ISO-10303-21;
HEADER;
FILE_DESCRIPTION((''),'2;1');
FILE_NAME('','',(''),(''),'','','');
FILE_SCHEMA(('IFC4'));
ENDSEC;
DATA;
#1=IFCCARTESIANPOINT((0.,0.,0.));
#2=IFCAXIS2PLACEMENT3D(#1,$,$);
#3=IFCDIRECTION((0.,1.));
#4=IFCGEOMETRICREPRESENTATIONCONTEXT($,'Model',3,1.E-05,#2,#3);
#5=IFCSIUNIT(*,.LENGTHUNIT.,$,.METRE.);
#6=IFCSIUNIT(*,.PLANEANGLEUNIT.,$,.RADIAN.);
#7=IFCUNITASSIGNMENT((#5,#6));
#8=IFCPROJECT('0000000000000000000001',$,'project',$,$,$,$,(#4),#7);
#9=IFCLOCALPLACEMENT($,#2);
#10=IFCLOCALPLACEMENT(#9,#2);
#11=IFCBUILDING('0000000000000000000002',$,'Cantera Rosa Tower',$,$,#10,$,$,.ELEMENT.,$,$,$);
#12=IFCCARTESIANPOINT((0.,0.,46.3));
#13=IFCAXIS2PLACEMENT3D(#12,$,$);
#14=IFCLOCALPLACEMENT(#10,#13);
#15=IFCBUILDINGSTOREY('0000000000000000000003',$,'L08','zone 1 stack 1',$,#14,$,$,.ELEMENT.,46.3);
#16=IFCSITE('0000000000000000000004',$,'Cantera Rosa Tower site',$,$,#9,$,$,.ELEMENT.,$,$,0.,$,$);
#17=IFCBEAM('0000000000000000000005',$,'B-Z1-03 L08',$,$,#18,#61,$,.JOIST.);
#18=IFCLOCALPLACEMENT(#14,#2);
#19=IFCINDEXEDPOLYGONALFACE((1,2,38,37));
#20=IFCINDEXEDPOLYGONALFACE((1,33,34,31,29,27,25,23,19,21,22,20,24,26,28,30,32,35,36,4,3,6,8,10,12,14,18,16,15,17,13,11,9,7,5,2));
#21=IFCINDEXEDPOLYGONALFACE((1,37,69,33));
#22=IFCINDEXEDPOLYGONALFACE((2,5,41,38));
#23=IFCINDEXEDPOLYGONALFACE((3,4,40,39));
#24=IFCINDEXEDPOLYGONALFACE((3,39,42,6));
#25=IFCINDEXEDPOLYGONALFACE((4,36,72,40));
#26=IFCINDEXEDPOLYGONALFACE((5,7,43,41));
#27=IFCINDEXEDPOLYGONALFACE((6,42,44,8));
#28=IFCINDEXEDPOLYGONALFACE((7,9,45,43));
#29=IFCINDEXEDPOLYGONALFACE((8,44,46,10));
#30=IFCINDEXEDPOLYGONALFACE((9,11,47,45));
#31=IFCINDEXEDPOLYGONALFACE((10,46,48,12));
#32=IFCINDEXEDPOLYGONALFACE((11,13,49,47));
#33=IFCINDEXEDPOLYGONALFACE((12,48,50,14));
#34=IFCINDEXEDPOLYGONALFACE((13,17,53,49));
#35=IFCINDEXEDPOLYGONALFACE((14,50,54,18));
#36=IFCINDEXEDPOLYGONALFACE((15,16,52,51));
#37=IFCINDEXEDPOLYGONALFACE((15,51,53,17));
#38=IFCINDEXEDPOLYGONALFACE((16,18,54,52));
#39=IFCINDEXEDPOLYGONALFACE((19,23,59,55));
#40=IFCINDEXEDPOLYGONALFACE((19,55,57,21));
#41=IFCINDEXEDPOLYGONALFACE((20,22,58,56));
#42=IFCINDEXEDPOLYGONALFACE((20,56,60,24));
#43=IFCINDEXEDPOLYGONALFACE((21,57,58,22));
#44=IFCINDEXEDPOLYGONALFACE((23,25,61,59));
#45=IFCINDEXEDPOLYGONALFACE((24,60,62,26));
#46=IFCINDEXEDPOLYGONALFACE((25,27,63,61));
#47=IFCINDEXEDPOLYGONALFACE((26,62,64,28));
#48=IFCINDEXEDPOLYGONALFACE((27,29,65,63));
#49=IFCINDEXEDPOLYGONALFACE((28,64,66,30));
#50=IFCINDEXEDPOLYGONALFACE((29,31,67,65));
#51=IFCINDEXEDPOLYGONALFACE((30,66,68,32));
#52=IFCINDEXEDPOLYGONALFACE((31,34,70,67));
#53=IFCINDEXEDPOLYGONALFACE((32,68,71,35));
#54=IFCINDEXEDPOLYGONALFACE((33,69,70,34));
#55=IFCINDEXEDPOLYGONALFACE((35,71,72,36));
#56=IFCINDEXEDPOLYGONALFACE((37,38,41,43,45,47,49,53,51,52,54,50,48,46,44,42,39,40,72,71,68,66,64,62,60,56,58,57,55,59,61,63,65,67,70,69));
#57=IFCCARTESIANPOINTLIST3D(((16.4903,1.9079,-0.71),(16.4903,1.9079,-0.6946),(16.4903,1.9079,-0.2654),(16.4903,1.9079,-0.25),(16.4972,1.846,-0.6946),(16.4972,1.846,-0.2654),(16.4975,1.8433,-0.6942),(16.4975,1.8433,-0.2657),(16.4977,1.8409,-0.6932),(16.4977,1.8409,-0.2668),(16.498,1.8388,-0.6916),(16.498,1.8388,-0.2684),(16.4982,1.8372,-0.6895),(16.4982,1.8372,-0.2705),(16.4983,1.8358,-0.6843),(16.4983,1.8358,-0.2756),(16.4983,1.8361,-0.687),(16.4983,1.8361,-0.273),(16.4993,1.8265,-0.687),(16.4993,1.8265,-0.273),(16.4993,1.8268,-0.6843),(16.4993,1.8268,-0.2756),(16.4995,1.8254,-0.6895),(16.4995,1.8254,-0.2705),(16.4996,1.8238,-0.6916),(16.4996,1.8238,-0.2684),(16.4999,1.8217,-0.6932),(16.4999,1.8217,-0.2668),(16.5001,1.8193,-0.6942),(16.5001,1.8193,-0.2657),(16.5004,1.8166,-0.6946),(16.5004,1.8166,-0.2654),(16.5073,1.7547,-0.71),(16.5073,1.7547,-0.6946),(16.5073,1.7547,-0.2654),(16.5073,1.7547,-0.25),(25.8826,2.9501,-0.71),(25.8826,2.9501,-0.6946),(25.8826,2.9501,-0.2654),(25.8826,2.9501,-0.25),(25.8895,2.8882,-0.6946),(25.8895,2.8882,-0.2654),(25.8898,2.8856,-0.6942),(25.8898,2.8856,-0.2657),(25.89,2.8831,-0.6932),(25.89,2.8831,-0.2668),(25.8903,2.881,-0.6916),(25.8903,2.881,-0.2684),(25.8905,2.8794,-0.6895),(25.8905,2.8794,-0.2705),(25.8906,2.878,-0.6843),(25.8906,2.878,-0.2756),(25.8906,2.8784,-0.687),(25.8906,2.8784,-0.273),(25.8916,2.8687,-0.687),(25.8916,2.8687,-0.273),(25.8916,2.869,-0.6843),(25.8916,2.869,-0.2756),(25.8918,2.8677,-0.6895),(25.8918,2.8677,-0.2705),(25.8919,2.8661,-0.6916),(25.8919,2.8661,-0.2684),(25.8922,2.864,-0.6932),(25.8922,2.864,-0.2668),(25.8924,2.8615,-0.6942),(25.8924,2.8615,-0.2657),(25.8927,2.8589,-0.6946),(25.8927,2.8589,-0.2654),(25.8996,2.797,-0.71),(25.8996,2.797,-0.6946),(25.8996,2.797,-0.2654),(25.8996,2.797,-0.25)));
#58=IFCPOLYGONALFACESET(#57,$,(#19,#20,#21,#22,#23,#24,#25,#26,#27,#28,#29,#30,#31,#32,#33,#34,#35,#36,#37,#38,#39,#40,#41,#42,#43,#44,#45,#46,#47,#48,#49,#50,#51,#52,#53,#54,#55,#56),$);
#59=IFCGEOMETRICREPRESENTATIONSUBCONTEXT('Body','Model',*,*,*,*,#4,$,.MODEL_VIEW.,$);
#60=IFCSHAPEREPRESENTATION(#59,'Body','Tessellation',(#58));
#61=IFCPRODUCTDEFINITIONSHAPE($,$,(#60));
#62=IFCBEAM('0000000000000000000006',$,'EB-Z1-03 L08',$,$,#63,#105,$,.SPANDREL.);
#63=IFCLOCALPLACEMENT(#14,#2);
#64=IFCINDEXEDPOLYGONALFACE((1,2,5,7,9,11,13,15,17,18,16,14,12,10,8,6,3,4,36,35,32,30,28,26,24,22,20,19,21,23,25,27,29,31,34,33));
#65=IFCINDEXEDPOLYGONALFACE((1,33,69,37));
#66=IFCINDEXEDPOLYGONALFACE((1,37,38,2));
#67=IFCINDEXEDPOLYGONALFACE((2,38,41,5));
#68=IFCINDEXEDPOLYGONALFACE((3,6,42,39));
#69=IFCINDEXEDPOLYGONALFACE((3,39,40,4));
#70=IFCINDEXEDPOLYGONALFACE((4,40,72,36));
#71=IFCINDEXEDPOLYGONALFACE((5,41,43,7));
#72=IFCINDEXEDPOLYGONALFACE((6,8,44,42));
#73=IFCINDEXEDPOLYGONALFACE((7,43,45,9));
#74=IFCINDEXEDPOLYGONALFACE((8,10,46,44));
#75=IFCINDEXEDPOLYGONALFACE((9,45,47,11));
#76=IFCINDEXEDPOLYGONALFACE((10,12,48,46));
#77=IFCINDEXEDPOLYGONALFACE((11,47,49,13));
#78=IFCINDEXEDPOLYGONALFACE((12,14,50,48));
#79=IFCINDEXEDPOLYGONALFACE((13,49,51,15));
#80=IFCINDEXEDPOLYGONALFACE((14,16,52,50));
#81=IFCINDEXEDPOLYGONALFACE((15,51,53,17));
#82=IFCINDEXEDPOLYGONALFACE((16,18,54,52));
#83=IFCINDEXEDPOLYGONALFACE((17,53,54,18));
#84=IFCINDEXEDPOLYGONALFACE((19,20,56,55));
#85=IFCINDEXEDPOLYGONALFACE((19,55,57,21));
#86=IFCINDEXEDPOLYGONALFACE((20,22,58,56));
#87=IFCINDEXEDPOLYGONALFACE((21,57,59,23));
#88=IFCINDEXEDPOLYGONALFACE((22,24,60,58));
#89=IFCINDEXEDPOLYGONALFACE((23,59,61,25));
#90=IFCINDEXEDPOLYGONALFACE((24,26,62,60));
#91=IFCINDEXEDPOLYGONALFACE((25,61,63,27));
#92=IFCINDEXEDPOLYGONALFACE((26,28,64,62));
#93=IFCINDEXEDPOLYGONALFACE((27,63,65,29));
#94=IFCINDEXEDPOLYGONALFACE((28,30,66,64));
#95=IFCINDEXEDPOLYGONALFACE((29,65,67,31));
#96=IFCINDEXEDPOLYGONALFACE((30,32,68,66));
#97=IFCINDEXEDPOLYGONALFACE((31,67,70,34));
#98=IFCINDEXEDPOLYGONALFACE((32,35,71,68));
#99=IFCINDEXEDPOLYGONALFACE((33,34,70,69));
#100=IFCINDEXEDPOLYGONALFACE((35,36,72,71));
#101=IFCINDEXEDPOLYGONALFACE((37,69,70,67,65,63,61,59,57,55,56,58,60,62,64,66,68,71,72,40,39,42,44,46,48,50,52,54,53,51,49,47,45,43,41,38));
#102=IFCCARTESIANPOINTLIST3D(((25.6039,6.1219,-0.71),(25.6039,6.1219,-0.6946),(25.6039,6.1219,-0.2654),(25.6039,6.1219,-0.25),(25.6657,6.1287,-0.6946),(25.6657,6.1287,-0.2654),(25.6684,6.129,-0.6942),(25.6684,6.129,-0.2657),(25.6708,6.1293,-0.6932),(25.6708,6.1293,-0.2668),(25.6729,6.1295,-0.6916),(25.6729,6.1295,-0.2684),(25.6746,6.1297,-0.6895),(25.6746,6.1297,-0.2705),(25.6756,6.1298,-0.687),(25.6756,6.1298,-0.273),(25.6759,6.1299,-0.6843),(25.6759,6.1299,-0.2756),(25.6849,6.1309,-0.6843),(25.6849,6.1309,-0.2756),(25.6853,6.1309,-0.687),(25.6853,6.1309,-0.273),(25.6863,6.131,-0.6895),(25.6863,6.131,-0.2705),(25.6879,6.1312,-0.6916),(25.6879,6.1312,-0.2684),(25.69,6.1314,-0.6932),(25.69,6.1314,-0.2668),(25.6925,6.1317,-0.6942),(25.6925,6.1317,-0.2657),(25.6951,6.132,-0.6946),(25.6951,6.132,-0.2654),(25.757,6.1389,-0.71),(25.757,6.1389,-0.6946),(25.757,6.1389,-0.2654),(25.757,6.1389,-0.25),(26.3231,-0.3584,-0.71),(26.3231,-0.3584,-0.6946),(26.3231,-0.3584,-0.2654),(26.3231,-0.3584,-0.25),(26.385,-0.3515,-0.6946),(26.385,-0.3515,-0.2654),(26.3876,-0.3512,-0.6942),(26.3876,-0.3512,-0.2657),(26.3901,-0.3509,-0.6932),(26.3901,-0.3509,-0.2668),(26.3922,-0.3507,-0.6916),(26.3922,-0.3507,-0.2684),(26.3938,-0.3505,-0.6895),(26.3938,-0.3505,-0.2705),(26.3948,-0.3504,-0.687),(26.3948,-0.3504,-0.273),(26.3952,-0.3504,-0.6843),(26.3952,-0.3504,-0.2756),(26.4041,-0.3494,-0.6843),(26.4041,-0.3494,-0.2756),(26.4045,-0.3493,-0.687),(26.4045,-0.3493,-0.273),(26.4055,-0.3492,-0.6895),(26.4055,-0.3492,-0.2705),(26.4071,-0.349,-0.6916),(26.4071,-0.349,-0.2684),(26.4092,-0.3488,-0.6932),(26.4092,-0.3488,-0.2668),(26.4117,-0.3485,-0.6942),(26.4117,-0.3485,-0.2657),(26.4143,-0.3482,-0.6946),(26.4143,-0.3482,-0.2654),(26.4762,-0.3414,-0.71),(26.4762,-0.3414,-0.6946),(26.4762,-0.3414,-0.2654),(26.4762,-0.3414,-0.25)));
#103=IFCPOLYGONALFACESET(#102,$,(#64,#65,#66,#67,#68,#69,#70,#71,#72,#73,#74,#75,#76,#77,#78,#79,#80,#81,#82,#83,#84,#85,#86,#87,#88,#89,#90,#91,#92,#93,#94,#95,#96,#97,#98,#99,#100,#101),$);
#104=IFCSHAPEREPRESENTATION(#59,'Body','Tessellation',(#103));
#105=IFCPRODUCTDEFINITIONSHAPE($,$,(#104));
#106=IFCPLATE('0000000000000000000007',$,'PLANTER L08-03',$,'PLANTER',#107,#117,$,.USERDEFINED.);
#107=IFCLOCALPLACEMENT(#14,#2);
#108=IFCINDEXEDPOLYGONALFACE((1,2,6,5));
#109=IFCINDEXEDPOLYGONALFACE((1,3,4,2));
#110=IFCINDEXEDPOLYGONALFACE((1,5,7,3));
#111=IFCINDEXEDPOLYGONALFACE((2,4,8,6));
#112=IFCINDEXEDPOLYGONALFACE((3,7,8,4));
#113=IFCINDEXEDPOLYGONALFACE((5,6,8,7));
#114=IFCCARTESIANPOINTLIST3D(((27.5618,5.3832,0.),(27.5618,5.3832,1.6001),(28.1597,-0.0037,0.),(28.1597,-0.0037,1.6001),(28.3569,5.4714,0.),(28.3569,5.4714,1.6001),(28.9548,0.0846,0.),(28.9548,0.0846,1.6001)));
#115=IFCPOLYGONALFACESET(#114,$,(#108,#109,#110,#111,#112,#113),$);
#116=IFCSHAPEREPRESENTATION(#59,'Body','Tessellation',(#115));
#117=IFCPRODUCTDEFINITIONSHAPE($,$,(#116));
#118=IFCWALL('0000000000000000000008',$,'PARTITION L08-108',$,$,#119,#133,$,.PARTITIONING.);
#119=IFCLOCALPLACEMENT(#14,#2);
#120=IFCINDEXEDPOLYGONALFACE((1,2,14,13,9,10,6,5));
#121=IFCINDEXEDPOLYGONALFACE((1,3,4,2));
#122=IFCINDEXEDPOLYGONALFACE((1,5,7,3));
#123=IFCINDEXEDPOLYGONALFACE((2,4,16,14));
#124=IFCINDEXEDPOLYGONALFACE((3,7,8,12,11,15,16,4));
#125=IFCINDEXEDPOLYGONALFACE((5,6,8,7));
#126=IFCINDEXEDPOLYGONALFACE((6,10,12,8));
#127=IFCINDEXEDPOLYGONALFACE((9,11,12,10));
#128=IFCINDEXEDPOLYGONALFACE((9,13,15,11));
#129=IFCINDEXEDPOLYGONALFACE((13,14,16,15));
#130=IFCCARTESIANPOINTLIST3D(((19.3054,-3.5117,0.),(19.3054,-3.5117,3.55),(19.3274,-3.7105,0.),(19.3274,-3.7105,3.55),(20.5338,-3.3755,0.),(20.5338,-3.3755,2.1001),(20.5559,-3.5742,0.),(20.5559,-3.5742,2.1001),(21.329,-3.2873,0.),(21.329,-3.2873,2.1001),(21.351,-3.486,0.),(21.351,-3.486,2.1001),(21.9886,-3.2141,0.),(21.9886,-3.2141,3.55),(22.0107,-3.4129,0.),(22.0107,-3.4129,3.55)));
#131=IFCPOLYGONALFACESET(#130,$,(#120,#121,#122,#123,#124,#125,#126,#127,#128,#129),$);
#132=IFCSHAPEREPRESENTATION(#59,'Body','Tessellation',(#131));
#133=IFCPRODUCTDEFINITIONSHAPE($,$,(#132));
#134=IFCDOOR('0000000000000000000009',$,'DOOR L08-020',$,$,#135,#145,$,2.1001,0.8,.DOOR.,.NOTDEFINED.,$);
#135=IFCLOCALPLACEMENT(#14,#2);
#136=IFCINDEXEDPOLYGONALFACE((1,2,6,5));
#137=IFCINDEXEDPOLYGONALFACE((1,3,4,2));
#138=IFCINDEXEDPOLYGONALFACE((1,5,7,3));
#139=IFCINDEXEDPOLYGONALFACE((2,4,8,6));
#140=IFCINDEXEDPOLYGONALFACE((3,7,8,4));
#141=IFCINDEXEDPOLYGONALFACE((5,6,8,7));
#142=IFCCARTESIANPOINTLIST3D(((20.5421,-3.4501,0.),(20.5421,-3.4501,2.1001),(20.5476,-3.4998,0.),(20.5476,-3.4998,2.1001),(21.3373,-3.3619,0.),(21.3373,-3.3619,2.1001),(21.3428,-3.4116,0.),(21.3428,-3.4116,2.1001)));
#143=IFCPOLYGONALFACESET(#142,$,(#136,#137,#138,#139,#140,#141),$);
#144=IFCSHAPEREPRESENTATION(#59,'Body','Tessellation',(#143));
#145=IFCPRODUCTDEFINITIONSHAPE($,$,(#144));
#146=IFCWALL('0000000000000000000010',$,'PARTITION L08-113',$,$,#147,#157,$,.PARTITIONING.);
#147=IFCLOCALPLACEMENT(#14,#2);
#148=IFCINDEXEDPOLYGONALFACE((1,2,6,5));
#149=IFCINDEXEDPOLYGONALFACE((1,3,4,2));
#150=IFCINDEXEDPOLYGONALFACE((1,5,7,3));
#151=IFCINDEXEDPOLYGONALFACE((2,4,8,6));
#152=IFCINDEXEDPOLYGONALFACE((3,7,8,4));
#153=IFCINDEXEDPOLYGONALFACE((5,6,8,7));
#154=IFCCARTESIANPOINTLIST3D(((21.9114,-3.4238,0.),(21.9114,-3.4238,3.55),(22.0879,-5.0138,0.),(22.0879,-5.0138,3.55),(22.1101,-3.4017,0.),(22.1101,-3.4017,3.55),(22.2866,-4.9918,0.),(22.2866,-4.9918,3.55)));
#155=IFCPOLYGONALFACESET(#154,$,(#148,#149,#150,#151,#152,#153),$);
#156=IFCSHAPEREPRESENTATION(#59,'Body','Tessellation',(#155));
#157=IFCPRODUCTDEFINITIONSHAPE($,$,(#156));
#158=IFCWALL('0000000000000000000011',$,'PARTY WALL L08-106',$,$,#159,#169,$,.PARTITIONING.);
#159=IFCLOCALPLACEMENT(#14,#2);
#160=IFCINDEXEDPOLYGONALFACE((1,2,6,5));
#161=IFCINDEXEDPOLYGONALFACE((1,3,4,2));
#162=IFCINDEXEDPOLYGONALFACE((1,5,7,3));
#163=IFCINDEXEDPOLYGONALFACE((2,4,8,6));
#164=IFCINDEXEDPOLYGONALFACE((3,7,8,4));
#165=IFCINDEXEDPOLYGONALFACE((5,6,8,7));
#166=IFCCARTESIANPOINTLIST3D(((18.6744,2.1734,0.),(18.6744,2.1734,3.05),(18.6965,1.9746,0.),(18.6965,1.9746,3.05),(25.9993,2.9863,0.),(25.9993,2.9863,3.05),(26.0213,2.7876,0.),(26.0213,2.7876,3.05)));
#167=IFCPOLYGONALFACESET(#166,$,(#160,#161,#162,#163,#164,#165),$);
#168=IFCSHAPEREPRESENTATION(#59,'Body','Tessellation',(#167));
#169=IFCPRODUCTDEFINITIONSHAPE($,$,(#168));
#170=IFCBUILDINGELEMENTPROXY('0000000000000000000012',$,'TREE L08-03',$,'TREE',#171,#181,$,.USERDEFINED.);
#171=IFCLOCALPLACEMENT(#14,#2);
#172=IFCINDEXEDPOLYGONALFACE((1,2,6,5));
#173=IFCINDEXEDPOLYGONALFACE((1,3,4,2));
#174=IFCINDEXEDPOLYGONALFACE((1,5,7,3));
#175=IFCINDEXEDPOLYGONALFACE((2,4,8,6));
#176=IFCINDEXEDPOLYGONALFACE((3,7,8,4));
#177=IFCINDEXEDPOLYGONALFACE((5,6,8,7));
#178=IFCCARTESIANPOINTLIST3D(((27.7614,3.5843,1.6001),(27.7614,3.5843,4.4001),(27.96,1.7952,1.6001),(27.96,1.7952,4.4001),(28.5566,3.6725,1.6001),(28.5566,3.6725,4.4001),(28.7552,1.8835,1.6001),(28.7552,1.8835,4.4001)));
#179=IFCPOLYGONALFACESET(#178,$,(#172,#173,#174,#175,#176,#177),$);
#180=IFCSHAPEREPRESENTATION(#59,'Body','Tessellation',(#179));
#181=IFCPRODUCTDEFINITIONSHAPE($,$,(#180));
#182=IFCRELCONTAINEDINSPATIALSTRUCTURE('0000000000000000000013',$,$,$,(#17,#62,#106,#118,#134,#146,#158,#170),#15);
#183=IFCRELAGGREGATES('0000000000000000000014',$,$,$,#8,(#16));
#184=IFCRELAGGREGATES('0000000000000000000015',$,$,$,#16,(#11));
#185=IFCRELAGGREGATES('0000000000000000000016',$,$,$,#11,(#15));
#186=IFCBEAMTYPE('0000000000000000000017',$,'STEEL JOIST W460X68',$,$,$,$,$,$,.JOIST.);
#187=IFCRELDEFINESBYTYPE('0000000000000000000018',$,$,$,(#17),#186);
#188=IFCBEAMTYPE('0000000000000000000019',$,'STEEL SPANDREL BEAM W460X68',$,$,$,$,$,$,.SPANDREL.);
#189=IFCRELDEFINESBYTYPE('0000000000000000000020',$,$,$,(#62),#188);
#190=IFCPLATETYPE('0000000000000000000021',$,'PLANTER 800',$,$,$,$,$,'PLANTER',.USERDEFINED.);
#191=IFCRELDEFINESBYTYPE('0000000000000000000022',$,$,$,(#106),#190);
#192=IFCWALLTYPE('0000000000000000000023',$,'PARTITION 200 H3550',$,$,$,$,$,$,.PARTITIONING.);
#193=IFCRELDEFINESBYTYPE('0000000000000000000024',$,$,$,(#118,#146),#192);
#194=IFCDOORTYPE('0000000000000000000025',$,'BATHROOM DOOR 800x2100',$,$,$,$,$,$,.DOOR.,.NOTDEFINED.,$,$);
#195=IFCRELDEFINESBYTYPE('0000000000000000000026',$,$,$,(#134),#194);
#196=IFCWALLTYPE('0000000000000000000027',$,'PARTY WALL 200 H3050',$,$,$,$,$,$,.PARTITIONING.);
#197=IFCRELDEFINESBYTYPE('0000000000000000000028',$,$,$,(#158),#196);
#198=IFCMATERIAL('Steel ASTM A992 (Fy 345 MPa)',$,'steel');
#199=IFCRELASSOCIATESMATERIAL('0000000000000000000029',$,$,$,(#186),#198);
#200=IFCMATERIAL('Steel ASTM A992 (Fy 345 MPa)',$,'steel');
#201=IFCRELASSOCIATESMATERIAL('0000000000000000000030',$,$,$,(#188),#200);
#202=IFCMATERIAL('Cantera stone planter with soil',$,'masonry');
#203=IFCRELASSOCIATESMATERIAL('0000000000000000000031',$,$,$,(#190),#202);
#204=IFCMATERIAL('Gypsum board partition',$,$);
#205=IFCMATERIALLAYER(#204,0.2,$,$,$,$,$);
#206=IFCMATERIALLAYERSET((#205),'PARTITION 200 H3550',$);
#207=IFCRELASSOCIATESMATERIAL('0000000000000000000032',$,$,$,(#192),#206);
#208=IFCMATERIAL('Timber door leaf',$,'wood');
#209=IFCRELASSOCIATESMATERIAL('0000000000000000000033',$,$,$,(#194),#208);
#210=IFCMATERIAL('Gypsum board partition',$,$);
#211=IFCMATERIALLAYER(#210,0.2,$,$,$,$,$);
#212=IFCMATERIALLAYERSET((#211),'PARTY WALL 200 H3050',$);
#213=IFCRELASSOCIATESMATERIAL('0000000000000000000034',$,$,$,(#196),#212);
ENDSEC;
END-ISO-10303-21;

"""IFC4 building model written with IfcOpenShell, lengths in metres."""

from ifc_helpers import new_model, si_unit, direction, frame, frame_2d, origin, origin_2d, place, context, subcontext, project, spatial, rectangle, i_section, extrude, material, layer, layer_set, material_profile, profile_set, type_object, element, fill, save


model = new_model("IFC4")

# Units and contexts
model_context = context("Model", 3, precision=1e-05, world=origin(), true_north=direction((0.0, 1.0)))
body_context = subcontext(model_context, "Body", "Model", "MODEL_VIEW")
ifc_project = project(units=[si_unit("LENGTHUNIT", "METRE"), si_unit("PLANEANGLEUNIT", "RADIAN")], contexts=[model_context])

# Site, building, storey
site_placement = place(None, origin())
site = spatial("IfcSite", under=ifc_project, at=site_placement, Name="Cantera Rosa Tower site", CompositionType="ELEMENT", RefElevation=0.0)
building_placement = place(site_placement, origin())
building = spatial("IfcBuilding", under=site, at=building_placement, Name="Cantera Rosa Tower", CompositionType="ELEMENT")
storey_placement = place(building_placement, frame((0.0, 0.0, 46.3)))
storey = spatial("IfcBuildingStorey", under=building, at=storey_placement, Name="L08", Description="zone 1 stack 1", CompositionType="ELEMENT", Elevation=46.3)

# Beams
ifc_material_1 = material(Name="Steel ASTM A992 (Fy 345 MPa)", Category="steel")
ifc_material_profile_1 = material_profile(ifc_material_1, i_section(OverallWidth=0.1541, OverallDepth=0.46, WebThickness=0.009, FlangeThickness=0.0154, FilletRadius=0.0103, at=origin_2d()), Name="W460X68")
ifc_profile_set_1 = profile_set([ifc_material_profile_1], Name="Steel ASTM A992 (Fy 345 MPa)")
beam_type_1 = type_object("IfcBeamType", Name="STEEL JOIST W460X68", PredefinedType="JOIST", material=ifc_profile_set_1)
for number, where, z_axis, x_axis, name in (
    (1, (25.8911, 2.8735, -0.48), (-0.993899, -0.11029, 0.0), (0.11029, -0.993899, 0.0), "B-Z1-03 L08"),
):
    element("IfcBeam", number, at=place(storey_placement, frame(where, z_axis=z_axis, x_axis=x_axis)), inside=storey, type_object=beam_type_1, Name=name, PredefinedType="JOIST", context=body_context, shape_type="SweptSolid", body=[
        extrude(i_section(OverallWidth=0.1541, OverallDepth=0.46, WebThickness=0.009, FlangeThickness=0.0154, FilletRadius=0.0103, at=origin_2d()), origin(), (0.0, 0.0, 1.0), 9.45),
    ])
ifc_material_2 = material(Name="Steel ASTM A992 (Fy 345 MPa)", Category="steel")
ifc_material_profile_2 = material_profile(ifc_material_2, i_section(OverallWidth=0.1541, OverallDepth=0.46, WebThickness=0.009, FlangeThickness=0.0154, FilletRadius=0.0103, at=origin_2d()), Name="W460X68")
ifc_profile_set_2 = profile_set([ifc_material_profile_2], Name="Steel ASTM A992 (Fy 345 MPa)")
beam_type_2 = type_object("IfcBeamType", Name="STEEL SPANDREL BEAM W460X68", PredefinedType="SPANDREL", material=ifc_profile_set_2)
beam_1_placement = place(storey_placement, frame((26.3997, -0.3499, -0.48), z_axis=(-0.110312, 0.993897, 0.0), x_axis=(-0.993897, -0.110312, 0.0)))
element("IfcBeam", 2, at=beam_1_placement, inside=storey, type_object=beam_type_2, Name="EB-Z1-03 L08", PredefinedType="SPANDREL", context=body_context, shape_type="SweptSolid", body=[
    extrude(i_section(OverallWidth=0.1541, OverallDepth=0.46, WebThickness=0.009, FlangeThickness=0.0154, FilletRadius=0.0103, at=origin_2d()), origin(), (0.0, 0.0, 1.0), 6.52),
])

# Plate
ifc_material_3 = material(Name="Cantera stone planter with soil", Category="masonry")
plate_type = type_object("IfcPlateType", Name="PLANTER 800", ElementType="PLANTER", PredefinedType="USERDEFINED", material=ifc_material_3)
plate_placement = place(storey_placement, frame((28.2583, 2.7339, 0.0), z_axis=(0.0, 0.0, 1.0), x_axis=(-0.110313, 0.993897, 0.0)))
element("IfcPlate", 3, at=plate_placement, inside=storey, type_object=plate_type, Name="PLANTER L08-03", ObjectType="PLANTER", PredefinedType="USERDEFINED", context=body_context, shape_type="SweptSolid", body=[
    extrude(rectangle(XDim=5.4199, YDim=0.8, at=origin_2d()), origin(), (0.0, 0.0, 1.0), 1.6001),
])

# Wall, opening, door
ifc_material_4 = material(Name="Gypsum board partition")
ifc_layer_1 = layer(ifc_material_4, 0.2)
ifc_layer_set_1 = layer_set([ifc_layer_1], Name="PARTITION 200 H3550")
wall_type_1 = type_object("IfcWallType", Name="PARTITION 200 H3550", PredefinedType="PARTITIONING", material=ifc_layer_set_1)
wall_1_placement = place(storey_placement, frame((19.3164, -3.6111, 0.0), z_axis=(0.0, 0.0, 1.0), x_axis=(0.993906, 0.110233, 0.0)))
wall_1 = element("IfcWall", 4, at=wall_1_placement, inside=storey, type_object=wall_type_1, Name="PARTITION L08-108", PredefinedType="PARTITIONING", context=body_context, shape_type="SweptSolid", body=[
    extrude(rectangle(XDim=2.6997, YDim=0.2, at=frame_2d((1.3499, 0.0))), origin(), (0.0, 0.0, 1.0), 3.55),
])
opening_1_placement = place(wall_1_placement, frame((1.2361, 0.0, 0.0)))
opening_1 = element("IfcOpeningElement", 5, at=opening_1_placement, cuts=wall_1, PredefinedType="OPENING", context=body_context, shape_type="SweptSolid", body=[
    extrude(rectangle(XDim=0.8, YDim=2.1001, at=frame_2d((0.3999, 1.05))), frame((0.0, 0.1099, 0.0), z_axis=(0.0, -1.0, 0.0), x_axis=(1.0, 0.0, 0.0)), (0.0, 0.0, 1.0), 0.22),
])
ifc_material_5 = material(Name="Timber door leaf", Category="wood")
door_type_1 = type_object("IfcDoorType", Name="BATHROOM DOOR 800x2100", OperationType="NOTDEFINED", PredefinedType="DOOR", material=ifc_material_5)
door_1_placement = place(opening_1_placement, origin())
door_1 = element("IfcDoor", 6, at=door_1_placement, inside=storey, type_object=door_type_1, Name="DOOR L08-020", OperationType="NOTDEFINED", OverallHeight=2.1001, OverallWidth=0.8, PredefinedType="DOOR", context=body_context, shape_type="SweptSolid", body=[
    extrude(rectangle(XDim=0.8, YDim=2.1001, at=frame_2d((0.3999, 1.05))), frame((0.0, 0.0249, 0.0), z_axis=(0.0, -1.0, 0.0), x_axis=(1.0, 0.0, 0.0)), (0.0, 0.0, 1.0), 0.05),
])
fill(opening_1, door_1)

# Walls
wall_2_placement = place(storey_placement, frame((22.0107, -3.4128, 0.0), z_axis=(0.0, 0.0, 1.0), x_axis=(0.110331, -0.993895, 0.0)))
element("IfcWall", 7, at=wall_2_placement, inside=storey, type_object=wall_type_1, Name="PARTITION L08-113", PredefinedType="PARTITIONING", context=body_context, shape_type="SweptSolid", body=[
    extrude(rectangle(XDim=1.5999, YDim=0.2, at=frame_2d((0.7998, 0.0))), origin(), (0.0, 0.0, 1.0), 3.55),
])
ifc_material_6 = material(Name="Gypsum board partition")
ifc_layer_2 = layer(ifc_material_6, 0.2)
ifc_layer_set_2 = layer_set([ifc_layer_2], Name="PARTY WALL 200 H3050")
wall_type_2 = type_object("IfcWallType", Name="PARTY WALL 200 H3050", PredefinedType="PARTITIONING", material=ifc_layer_set_2)
wall_3_placement = place(storey_placement, frame((18.6853, 2.074, 0.0), z_axis=(0.0, 0.0, 1.0), x_axis=(0.993897, 0.110312, 0.0)))
element("IfcWall", 8, at=wall_3_placement, inside=storey, type_object=wall_type_2, Name="PARTY WALL L08-106", PredefinedType="PARTITIONING", context=body_context, shape_type="SweptSolid", body=[
    extrude(rectangle(XDim=7.3699, YDim=0.2, at=frame_2d((3.6851, 0.0))), origin(), (0.0, 0.0, 1.0), 3.05),
])

# Building element proxy
proxy_placement = place(storey_placement, frame((28.2583, 2.7339, 1.6001), z_axis=(0.0, 0.0, 1.0), x_axis=(-0.110313, 0.993897, 0.0)))
element("IfcBuildingElementProxy", 9, at=proxy_placement, inside=storey, Name="TREE L08-03", ObjectType="TREE", PredefinedType="USERDEFINED", context=body_context, shape_type="SweptSolid", body=[
    extrude(rectangle(XDim=1.8, YDim=0.8, at=origin_2d()), origin(), (0.0, 0.0, 1.0), 2.8),
])

save(model, "model.ifc")
